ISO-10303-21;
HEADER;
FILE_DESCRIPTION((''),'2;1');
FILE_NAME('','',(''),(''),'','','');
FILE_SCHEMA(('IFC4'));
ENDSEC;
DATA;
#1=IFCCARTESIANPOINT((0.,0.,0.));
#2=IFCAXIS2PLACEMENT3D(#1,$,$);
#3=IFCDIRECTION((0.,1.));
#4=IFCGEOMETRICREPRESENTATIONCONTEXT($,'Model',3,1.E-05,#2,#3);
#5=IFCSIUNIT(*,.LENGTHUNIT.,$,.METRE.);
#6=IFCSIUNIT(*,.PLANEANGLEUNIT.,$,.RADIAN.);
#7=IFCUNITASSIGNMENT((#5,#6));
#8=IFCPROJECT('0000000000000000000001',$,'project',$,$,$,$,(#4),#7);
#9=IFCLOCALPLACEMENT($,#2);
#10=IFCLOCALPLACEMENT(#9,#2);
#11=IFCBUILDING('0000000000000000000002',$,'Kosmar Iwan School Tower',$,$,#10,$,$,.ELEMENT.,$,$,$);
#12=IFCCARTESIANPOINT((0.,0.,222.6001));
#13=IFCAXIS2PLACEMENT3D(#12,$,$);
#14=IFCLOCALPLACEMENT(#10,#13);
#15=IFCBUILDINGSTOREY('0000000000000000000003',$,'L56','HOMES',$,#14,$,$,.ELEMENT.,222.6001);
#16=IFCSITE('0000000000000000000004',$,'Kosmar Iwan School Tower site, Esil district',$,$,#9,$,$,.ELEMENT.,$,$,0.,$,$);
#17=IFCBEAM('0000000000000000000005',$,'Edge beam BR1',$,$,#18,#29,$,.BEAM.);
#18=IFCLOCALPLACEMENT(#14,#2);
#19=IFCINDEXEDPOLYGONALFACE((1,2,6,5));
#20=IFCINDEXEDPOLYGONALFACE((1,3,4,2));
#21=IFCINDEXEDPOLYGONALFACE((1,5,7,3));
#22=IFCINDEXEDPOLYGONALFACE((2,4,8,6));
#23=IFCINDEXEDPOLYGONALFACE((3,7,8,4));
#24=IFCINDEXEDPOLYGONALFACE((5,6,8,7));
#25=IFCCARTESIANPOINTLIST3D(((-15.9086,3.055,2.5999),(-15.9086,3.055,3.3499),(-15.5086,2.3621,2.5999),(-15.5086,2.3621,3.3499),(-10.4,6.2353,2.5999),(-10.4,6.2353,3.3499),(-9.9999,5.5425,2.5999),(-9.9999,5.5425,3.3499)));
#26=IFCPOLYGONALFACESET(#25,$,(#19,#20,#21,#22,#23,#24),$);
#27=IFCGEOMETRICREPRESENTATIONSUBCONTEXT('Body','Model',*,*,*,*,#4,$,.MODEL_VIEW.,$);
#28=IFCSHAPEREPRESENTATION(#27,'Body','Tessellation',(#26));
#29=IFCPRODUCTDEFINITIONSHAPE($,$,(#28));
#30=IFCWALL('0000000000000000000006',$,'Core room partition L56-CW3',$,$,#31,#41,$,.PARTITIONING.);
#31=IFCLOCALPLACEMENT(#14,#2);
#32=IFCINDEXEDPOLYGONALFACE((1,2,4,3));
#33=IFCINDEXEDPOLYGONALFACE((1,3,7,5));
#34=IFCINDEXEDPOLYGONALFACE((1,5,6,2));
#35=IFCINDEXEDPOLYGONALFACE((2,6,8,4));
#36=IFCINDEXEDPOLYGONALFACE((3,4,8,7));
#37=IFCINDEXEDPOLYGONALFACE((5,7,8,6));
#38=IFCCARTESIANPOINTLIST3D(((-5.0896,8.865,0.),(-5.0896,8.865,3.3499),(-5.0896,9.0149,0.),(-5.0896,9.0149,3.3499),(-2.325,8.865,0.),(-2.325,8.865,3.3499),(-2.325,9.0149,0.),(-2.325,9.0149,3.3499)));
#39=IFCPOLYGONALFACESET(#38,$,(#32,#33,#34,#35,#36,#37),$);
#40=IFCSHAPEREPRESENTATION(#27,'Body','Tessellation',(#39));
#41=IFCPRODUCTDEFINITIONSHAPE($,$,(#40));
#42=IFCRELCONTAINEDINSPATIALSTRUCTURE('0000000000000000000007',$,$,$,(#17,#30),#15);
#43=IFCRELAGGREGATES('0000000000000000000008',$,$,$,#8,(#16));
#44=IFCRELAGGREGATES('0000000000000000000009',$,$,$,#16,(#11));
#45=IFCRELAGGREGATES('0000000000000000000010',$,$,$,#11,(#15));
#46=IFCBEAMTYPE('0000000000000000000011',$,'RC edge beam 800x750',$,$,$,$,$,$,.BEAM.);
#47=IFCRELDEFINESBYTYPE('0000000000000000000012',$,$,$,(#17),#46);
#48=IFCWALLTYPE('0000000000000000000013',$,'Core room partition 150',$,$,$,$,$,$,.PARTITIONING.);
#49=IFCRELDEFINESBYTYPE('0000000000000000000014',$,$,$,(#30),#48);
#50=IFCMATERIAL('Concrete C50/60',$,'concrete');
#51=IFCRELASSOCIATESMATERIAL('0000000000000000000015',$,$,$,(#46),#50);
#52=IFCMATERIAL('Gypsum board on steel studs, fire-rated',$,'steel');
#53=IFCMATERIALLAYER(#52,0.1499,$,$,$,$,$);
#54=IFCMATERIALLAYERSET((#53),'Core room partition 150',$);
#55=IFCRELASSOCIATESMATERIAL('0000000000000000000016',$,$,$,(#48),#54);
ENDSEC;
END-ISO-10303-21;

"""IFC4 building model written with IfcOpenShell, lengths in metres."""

from ifc_helpers import new_model, si_unit, direction, frame, frame_2d, origin, origin_2d, place, context, subcontext, project, spatial, rectangle, extrude, material, layer, layer_set, material_profile, profile_set, type_object, element, save


model = new_model("IFC4")

# Units and contexts
model_context = context("Model", 3, precision=1e-05, world=origin(), true_north=direction((0.0, 1.0)))
body_context = subcontext(model_context, "Body", "Model", "MODEL_VIEW")
ifc_project = project(units=[si_unit("LENGTHUNIT", "METRE"), si_unit("PLANEANGLEUNIT", "RADIAN")], contexts=[model_context])

# Site, building, storey
site_placement = place(None, origin())
site = spatial("IfcSite", under=ifc_project, at=site_placement, Name="Kosmar Iwan School Tower site, Esil district", CompositionType="ELEMENT", RefElevation=0.0)
building_placement = place(site_placement, origin())
building = spatial("IfcBuilding", under=site, at=building_placement, Name="Kosmar Iwan School Tower", CompositionType="ELEMENT")
storey_placement = place(building_placement, frame((0.0, 0.0, 222.6001)))
storey = spatial("IfcBuildingStorey", under=building, at=storey_placement, Name="L56", Description="HOMES", CompositionType="ELEMENT", Elevation=222.6001)

# Beam
ifc_material_1 = material(Name="Concrete C50/60", Category="concrete")
ifc_material_profile = material_profile(ifc_material_1, rectangle(XDim=0.8, YDim=0.75, at=origin_2d()), Name="RC 800x750")
ifc_profile_set = profile_set([ifc_material_profile], Name="Concrete C50/60")
beam_type = type_object("IfcBeamType", Name="RC edge beam 800x750", PredefinedType="BEAM", material=ifc_profile_set)
beam_placement = place(storey_placement, frame((-10.2, 5.8889, 2.9749), z_axis=(-0.866031, -0.49999, 0.0), x_axis=(0.49999, -0.866031, 0.0)))
element("IfcBeam", 1, at=beam_placement, inside=storey, type_object=beam_type, Name="Edge beam BR1", PredefinedType="BEAM", context=body_context, shape_type="SweptSolid", body=[
    extrude(rectangle(XDim=0.8, YDim=0.75, at=origin_2d()), origin(), (0.0, 0.0, 1.0), 6.3608),
])

# Wall
ifc_material_2 = material(Name="Gypsum board on steel studs, fire-rated", Category="steel")
ifc_layer_1 = layer(ifc_material_2, 0.1499)
ifc_layer_set_1 = layer_set([ifc_layer_1], Name="Core room partition 150")
wall_type_1 = type_object("IfcWallType", Name="Core room partition 150", PredefinedType="PARTITIONING", material=ifc_layer_set_1)
wall_1_placement = place(storey_placement, frame((-5.0896, 8.9399, 0.0), z_axis=(0.0, 0.0, 1.0), x_axis=(1.0, 0.0, 0.0)))
element("IfcWall", 2, at=wall_1_placement, inside=storey, type_object=wall_type_1, Name="Core room partition L56-CW3", PredefinedType="PARTITIONING", context=body_context, shape_type="SweptSolid", body=[
    extrude(rectangle(XDim=2.7646, YDim=0.1499, at=frame_2d((1.3823, 0.0))), origin(), (0.0, 0.0, 1.0), 3.3499),
])

save(model, "model.ifc")
